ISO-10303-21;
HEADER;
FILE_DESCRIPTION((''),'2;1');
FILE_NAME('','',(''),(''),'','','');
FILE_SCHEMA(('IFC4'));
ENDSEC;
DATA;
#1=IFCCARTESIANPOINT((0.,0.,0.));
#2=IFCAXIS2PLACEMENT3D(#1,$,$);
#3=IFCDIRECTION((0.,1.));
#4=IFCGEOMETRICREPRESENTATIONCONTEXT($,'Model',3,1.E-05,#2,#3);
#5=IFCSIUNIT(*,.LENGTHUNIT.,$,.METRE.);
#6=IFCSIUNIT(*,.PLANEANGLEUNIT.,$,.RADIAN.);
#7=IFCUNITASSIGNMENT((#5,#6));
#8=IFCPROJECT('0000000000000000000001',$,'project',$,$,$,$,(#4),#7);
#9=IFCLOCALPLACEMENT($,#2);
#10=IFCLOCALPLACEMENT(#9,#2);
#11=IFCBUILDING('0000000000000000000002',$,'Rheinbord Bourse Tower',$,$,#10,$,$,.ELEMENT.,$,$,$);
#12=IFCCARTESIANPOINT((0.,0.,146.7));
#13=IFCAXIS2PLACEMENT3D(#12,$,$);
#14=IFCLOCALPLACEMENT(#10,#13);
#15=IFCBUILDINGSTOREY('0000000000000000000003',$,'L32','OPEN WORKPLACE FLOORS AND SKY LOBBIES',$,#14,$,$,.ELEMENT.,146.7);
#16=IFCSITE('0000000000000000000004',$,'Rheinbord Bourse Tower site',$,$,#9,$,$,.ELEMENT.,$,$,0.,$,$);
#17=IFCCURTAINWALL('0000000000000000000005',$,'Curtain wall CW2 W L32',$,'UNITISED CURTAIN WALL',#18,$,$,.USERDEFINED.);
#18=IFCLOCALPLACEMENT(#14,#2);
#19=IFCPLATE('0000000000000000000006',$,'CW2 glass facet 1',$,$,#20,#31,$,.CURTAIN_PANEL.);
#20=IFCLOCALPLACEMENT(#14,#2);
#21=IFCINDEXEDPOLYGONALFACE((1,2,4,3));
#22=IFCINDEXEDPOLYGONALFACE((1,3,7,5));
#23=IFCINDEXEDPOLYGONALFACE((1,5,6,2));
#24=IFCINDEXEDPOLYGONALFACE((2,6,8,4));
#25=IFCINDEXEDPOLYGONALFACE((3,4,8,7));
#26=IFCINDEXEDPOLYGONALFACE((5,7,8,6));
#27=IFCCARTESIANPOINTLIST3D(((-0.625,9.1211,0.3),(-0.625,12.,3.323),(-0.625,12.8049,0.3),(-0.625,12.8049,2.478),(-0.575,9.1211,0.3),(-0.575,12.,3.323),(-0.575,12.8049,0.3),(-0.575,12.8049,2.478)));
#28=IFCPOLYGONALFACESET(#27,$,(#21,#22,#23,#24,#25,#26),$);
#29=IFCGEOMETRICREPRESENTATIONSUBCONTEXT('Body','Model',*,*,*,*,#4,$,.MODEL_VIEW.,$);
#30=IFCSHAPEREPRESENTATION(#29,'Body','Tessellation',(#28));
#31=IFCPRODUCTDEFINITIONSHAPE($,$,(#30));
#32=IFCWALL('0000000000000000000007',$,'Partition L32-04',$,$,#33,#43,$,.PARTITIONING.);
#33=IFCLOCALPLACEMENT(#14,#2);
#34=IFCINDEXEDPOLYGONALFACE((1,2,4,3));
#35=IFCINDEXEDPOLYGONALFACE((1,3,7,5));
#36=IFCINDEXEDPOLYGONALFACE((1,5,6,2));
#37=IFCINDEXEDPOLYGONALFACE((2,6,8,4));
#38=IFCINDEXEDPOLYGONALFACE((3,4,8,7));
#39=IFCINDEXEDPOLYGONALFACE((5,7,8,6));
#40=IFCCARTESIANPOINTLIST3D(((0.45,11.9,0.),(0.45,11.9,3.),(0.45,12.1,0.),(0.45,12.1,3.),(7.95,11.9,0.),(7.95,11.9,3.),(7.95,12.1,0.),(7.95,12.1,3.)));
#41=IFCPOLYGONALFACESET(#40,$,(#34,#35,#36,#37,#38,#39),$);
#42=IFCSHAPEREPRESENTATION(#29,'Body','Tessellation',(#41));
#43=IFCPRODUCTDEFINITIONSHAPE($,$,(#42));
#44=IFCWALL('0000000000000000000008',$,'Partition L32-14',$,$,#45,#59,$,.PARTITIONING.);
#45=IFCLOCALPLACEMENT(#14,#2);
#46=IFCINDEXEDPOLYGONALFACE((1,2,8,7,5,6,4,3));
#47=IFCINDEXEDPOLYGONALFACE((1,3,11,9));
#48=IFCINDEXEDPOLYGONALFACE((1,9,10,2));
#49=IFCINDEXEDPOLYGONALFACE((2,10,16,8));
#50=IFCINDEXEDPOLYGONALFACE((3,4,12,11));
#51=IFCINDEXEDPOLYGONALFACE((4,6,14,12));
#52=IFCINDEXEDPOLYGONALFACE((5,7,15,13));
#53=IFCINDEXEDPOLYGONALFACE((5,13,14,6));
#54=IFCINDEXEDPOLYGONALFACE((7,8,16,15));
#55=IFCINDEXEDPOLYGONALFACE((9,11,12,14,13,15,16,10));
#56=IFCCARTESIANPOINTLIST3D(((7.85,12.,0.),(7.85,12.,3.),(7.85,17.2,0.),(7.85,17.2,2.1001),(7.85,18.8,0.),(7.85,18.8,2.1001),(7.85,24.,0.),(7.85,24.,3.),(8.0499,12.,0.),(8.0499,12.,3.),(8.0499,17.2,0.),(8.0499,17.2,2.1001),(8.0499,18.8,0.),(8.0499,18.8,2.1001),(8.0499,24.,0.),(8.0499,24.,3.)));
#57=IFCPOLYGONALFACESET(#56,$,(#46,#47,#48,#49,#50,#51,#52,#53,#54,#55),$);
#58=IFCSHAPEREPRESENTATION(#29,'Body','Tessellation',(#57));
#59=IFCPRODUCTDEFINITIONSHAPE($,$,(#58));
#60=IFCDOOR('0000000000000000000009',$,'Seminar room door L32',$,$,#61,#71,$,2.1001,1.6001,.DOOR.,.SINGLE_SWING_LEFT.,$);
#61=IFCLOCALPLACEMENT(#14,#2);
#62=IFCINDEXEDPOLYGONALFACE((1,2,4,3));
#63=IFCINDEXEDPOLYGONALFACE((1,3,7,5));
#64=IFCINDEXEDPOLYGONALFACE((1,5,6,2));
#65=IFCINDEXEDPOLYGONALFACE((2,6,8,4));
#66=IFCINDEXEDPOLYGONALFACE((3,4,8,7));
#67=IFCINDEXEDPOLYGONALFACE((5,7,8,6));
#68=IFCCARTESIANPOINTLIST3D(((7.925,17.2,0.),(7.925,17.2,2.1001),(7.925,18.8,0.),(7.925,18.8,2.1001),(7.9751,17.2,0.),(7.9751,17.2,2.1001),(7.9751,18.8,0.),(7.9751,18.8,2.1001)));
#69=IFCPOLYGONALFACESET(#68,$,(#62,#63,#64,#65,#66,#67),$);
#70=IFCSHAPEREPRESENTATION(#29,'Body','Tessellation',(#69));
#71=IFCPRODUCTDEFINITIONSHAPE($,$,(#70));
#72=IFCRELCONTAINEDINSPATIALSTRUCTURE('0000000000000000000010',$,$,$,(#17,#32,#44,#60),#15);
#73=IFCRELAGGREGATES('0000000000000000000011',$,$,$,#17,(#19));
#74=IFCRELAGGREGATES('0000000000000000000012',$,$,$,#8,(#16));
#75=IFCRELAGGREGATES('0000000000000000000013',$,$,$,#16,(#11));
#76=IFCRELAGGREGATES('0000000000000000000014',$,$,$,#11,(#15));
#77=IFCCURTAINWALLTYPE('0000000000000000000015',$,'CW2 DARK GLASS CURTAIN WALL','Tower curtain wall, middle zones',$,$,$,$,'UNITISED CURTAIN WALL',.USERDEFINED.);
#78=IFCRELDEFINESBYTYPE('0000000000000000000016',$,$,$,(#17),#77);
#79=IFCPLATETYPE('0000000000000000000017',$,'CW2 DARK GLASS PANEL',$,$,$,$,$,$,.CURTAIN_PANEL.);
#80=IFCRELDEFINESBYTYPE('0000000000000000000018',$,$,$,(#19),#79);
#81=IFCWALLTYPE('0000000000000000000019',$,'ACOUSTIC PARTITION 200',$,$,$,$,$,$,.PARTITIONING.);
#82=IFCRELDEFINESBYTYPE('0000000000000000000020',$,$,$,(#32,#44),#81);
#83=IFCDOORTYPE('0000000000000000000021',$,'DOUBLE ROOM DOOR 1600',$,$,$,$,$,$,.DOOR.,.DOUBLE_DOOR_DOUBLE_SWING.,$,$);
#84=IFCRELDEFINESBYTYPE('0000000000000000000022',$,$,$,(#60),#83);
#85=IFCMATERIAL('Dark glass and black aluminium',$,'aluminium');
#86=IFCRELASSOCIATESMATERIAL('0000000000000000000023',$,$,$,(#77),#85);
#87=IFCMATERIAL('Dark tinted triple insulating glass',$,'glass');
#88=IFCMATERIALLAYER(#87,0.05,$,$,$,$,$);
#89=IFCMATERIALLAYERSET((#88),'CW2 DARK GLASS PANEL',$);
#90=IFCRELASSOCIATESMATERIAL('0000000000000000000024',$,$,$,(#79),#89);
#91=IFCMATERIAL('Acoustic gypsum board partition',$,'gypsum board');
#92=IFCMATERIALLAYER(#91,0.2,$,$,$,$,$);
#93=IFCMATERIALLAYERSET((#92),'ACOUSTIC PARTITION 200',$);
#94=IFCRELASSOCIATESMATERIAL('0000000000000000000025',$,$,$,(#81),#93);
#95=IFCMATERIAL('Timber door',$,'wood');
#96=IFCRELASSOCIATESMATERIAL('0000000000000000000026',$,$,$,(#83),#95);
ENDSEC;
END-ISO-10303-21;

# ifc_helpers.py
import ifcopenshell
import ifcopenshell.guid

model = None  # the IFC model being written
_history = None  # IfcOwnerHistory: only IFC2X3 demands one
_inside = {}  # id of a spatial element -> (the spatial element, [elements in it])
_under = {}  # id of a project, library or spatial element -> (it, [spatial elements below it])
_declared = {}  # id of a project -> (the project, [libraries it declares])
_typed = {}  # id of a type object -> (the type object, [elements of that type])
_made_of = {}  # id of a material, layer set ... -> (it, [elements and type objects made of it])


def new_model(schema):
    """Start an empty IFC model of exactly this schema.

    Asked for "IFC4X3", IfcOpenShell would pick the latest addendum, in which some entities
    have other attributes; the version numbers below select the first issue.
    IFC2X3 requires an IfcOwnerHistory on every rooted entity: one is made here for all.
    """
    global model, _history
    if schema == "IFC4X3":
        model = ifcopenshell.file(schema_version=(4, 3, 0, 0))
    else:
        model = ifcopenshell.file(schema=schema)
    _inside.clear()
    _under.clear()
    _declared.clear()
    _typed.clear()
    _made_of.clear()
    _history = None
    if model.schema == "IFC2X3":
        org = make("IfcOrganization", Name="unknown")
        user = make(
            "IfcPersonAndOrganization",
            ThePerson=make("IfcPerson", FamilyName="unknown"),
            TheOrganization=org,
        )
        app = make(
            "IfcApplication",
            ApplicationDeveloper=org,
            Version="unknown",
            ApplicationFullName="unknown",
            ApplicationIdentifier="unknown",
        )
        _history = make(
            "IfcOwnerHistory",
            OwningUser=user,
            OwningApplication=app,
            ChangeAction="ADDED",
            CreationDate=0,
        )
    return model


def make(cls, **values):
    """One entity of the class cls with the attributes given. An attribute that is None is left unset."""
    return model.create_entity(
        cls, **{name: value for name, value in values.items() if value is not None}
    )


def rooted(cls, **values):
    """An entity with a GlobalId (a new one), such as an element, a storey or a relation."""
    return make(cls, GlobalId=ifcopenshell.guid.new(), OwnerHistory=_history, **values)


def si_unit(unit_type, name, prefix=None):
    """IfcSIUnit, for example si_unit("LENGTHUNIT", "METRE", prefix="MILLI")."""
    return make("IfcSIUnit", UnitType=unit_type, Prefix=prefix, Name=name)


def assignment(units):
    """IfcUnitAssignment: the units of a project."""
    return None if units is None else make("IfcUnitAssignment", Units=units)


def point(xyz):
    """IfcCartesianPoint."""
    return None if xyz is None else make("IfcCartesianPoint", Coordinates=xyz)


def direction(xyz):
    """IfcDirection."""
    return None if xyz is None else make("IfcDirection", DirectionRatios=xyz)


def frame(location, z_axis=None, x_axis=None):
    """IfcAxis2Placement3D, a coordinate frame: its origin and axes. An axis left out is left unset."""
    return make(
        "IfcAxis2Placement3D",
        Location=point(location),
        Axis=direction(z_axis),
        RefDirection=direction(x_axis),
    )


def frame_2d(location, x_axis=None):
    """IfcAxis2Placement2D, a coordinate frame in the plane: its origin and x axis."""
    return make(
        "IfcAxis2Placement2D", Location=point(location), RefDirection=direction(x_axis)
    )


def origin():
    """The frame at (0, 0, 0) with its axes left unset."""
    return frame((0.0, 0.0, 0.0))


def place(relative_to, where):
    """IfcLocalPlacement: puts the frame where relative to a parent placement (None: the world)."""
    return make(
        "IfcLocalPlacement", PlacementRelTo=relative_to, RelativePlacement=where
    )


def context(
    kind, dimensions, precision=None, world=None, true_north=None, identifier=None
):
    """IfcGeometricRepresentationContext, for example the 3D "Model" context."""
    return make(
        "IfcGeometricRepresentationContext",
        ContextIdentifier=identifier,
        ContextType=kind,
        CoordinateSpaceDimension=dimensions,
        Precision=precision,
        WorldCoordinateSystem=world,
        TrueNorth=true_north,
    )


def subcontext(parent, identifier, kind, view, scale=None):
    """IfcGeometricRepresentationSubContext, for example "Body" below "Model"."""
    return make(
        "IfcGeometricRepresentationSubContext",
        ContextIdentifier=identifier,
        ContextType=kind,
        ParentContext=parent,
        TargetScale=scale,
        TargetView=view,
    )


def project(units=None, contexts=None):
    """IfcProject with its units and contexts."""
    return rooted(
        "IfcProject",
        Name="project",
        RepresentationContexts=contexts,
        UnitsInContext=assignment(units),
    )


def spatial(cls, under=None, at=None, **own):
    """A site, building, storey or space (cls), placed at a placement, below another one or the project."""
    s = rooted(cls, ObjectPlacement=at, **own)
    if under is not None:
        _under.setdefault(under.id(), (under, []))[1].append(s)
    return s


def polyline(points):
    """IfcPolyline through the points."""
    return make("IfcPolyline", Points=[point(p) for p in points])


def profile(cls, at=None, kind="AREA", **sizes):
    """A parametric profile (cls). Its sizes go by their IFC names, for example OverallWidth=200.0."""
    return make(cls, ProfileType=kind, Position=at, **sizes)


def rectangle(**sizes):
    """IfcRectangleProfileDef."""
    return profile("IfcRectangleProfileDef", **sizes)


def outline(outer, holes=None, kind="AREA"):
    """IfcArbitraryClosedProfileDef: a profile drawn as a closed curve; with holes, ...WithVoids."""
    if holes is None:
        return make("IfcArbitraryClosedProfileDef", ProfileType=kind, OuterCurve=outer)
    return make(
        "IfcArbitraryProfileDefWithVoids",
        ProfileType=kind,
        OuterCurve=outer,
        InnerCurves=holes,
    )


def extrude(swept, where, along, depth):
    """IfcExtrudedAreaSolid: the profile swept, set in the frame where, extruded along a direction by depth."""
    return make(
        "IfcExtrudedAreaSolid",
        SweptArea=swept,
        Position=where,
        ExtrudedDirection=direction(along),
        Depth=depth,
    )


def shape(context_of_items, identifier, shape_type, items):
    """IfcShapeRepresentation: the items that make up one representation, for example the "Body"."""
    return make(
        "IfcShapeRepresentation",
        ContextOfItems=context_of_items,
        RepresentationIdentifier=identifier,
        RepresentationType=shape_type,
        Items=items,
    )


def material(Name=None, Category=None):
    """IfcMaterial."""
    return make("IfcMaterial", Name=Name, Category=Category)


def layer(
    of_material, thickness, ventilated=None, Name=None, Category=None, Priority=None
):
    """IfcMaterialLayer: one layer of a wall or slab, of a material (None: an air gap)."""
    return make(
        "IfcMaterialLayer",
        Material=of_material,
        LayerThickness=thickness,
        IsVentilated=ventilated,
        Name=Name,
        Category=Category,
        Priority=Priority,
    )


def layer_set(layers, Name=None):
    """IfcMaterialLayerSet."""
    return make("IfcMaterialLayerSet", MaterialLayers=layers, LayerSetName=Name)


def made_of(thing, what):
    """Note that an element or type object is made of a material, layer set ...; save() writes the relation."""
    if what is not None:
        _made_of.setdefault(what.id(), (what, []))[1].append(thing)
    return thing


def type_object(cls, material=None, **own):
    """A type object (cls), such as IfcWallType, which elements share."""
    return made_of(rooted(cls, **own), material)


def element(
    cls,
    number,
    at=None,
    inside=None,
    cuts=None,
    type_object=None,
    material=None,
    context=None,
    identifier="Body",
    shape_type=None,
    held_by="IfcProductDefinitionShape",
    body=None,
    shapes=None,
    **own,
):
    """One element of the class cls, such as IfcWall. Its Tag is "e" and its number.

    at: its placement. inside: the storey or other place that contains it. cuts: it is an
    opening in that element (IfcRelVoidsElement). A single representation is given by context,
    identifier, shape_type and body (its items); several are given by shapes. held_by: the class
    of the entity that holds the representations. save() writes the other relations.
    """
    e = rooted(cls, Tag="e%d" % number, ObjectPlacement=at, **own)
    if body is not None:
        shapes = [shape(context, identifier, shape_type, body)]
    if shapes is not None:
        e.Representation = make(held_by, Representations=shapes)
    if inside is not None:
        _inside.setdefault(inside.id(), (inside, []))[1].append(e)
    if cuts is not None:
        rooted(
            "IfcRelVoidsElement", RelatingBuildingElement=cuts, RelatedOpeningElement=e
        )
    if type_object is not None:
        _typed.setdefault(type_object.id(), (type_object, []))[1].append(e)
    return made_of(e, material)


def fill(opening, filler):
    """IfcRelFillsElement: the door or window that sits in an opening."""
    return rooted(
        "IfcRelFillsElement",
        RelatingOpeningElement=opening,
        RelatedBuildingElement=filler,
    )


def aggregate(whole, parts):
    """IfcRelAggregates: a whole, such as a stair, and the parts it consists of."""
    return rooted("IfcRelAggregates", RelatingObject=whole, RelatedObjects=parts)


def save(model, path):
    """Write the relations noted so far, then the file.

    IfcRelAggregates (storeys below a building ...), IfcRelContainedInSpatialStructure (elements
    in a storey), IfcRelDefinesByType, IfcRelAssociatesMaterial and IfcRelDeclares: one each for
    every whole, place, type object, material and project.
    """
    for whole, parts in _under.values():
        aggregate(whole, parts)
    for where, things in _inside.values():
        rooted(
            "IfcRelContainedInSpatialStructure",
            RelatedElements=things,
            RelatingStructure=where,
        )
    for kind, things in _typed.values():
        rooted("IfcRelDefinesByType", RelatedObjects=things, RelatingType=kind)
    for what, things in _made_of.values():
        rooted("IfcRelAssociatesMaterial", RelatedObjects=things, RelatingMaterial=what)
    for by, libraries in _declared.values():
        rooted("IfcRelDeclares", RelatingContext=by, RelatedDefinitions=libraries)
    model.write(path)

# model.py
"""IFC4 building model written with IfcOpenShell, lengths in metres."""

from ifc_helpers import new_model, si_unit, direction, frame, frame_2d, origin, place, context, subcontext, project, spatial, polyline, rectangle, outline, extrude, material, layer, layer_set, type_object, element, fill, aggregate, save


model = new_model("IFC4")

# Units and contexts
model_context = context("Model", 3, precision=1e-05, world=origin(), true_north=direction((0.0, 1.0)))
body_context = subcontext(model_context, "Body", "Model", "MODEL_VIEW")
ifc_project = project(units=[si_unit("LENGTHUNIT", "METRE"), si_unit("PLANEANGLEUNIT", "RADIAN")], contexts=[model_context])

# Site, building, storey
site_placement = place(None, origin())
site = spatial("IfcSite", under=ifc_project, at=site_placement, Name="Rheinbord Bourse Tower site", CompositionType="ELEMENT", RefElevation=0.0)
building_placement = place(site_placement, origin())
building = spatial("IfcBuilding", under=site, at=building_placement, Name="Rheinbord Bourse Tower", CompositionType="ELEMENT")
storey_placement = place(building_placement, frame((0.0, 0.0, 146.7)))
storey = spatial("IfcBuildingStorey", under=building, at=storey_placement, Name="L32", Description="OPEN WORKPLACE FLOORS AND SKY LOBBIES", CompositionType="ELEMENT", Elevation=146.7)

# Curtain wall
ifc_material_1 = material(Name="Dark glass and black aluminium", Category="aluminium")
curtain_wall_type = type_object("IfcCurtainWallType", Name="CW2 DARK GLASS CURTAIN WALL", Description="Tower curtain wall, middle zones", ElementType="UNITISED CURTAIN WALL", PredefinedType="USERDEFINED", material=ifc_material_1)
curtain_wall_placement = place(storey_placement, origin())
curtain_wall = element("IfcCurtainWall", 1, at=curtain_wall_placement, inside=storey, type_object=curtain_wall_type, Name="Curtain wall CW2 W L32", ObjectType="UNITISED CURTAIN WALL", PredefinedType="USERDEFINED")

# Plate
ifc_material_2 = material(Name="Dark tinted triple insulating glass", Category="glass")
ifc_layer_1 = layer(ifc_material_2, 0.05)
ifc_layer_set_1 = layer_set([ifc_layer_1], Name="CW2 DARK GLASS PANEL")
plate_type = type_object("IfcPlateType", Name="CW2 DARK GLASS PANEL", PredefinedType="CURTAIN_PANEL", material=ifc_layer_set_1)
plate_1_placement = place(storey_placement, frame((-0.625, 12.8049, 0.3), z_axis=(1.0, 0.0, 0.0), x_axis=(0.0, 0.0, 1.0)))
plate_1 = element("IfcPlate", 2, at=plate_1_placement, type_object=plate_type, Name="CW2 glass facet 1", PredefinedType="CURTAIN_PANEL", context=body_context, shape_type="SweptSolid", body=[
    extrude(outline(polyline([(0.0, 0.0), (2.178, 0.0), (3.0229, 0.8049), (0.0, 3.6838), (0.0, 0.0)])), origin(), (0.0, 0.0, 1.0), 0.05),
])
aggregate(curtain_wall, [plate_1])

# Wall
ifc_material_3 = material(Name="Acoustic gypsum board partition", Category="gypsum board")
ifc_layer_2 = layer(ifc_material_3, 0.2)
ifc_layer_set_2 = layer_set([ifc_layer_2], Name="ACOUSTIC PARTITION 200")
wall_type = type_object("IfcWallType", Name="ACOUSTIC PARTITION 200", PredefinedType="PARTITIONING", material=ifc_layer_set_2)
wall_1_placement = place(storey_placement, frame((0.45, 12.0, 0.0), z_axis=(0.0, 0.0, 1.0), x_axis=(1.0, 0.0, 0.0)))
element("IfcWall", 3, at=wall_1_placement, inside=storey, type_object=wall_type, Name="Partition L32-04", PredefinedType="PARTITIONING", context=body_context, shape_type="SweptSolid", body=[
    extrude(rectangle(XDim=7.5, YDim=0.2, at=frame_2d((3.75, 0.0))), origin(), (0.0, 0.0, 1.0), 3.0),
])

# Wall, opening, door
wall_2_placement = place(storey_placement, frame((7.95, 12.0, 0.0), z_axis=(0.0, 0.0, 1.0), x_axis=(0.0, 1.0, 0.0)))
wall_2 = element("IfcWall", 4, at=wall_2_placement, inside=storey, type_object=wall_type, Name="Partition L32-14", PredefinedType="PARTITIONING", context=body_context, shape_type="SweptSolid", body=[
    extrude(rectangle(XDim=12.0, YDim=0.2, at=frame_2d((6.0, 0.0))), origin(), (0.0, 0.0, 1.0), 3.0),
])
opening_placement = place(wall_2_placement, frame((5.2, 0.0, 0.0)))
opening = element("IfcOpeningElement", 5, at=opening_placement, cuts=wall_2, PredefinedType="OPENING", context=body_context, shape_type="SweptSolid", body=[
    extrude(rectangle(XDim=1.6001, YDim=2.1001, at=frame_2d((0.8, 1.05))), frame((0.0, 0.1099, 0.0), z_axis=(0.0, -1.0, 0.0), x_axis=(1.0, 0.0, 0.0)), (0.0, 0.0, 1.0), 0.22),
])
ifc_material_4 = material(Name="Timber door", Category="wood")
door_type = type_object("IfcDoorType", Name="DOUBLE ROOM DOOR 1600", OperationType="DOUBLE_DOOR_DOUBLE_SWING", PredefinedType="DOOR", material=ifc_material_4)
door_placement = place(opening_placement, origin())
door = element("IfcDoor", 6, at=door_placement, inside=storey, type_object=door_type, Name="Seminar room door L32", OperationType="SINGLE_SWING_LEFT", OverallHeight=2.1001, OverallWidth=1.6001, PredefinedType="DOOR", context=body_context, shape_type="SweptSolid", body=[
    extrude(rectangle(XDim=1.6001, YDim=2.1001, at=frame_2d((0.8, 1.05))), frame((0.0, 0.0249, 0.0), z_axis=(0.0, -1.0, 0.0), x_axis=(1.0, 0.0, 0.0)), (0.0, 0.0, 1.0), 0.05),
])
fill(opening, door)

save(model, "model.ifc")
